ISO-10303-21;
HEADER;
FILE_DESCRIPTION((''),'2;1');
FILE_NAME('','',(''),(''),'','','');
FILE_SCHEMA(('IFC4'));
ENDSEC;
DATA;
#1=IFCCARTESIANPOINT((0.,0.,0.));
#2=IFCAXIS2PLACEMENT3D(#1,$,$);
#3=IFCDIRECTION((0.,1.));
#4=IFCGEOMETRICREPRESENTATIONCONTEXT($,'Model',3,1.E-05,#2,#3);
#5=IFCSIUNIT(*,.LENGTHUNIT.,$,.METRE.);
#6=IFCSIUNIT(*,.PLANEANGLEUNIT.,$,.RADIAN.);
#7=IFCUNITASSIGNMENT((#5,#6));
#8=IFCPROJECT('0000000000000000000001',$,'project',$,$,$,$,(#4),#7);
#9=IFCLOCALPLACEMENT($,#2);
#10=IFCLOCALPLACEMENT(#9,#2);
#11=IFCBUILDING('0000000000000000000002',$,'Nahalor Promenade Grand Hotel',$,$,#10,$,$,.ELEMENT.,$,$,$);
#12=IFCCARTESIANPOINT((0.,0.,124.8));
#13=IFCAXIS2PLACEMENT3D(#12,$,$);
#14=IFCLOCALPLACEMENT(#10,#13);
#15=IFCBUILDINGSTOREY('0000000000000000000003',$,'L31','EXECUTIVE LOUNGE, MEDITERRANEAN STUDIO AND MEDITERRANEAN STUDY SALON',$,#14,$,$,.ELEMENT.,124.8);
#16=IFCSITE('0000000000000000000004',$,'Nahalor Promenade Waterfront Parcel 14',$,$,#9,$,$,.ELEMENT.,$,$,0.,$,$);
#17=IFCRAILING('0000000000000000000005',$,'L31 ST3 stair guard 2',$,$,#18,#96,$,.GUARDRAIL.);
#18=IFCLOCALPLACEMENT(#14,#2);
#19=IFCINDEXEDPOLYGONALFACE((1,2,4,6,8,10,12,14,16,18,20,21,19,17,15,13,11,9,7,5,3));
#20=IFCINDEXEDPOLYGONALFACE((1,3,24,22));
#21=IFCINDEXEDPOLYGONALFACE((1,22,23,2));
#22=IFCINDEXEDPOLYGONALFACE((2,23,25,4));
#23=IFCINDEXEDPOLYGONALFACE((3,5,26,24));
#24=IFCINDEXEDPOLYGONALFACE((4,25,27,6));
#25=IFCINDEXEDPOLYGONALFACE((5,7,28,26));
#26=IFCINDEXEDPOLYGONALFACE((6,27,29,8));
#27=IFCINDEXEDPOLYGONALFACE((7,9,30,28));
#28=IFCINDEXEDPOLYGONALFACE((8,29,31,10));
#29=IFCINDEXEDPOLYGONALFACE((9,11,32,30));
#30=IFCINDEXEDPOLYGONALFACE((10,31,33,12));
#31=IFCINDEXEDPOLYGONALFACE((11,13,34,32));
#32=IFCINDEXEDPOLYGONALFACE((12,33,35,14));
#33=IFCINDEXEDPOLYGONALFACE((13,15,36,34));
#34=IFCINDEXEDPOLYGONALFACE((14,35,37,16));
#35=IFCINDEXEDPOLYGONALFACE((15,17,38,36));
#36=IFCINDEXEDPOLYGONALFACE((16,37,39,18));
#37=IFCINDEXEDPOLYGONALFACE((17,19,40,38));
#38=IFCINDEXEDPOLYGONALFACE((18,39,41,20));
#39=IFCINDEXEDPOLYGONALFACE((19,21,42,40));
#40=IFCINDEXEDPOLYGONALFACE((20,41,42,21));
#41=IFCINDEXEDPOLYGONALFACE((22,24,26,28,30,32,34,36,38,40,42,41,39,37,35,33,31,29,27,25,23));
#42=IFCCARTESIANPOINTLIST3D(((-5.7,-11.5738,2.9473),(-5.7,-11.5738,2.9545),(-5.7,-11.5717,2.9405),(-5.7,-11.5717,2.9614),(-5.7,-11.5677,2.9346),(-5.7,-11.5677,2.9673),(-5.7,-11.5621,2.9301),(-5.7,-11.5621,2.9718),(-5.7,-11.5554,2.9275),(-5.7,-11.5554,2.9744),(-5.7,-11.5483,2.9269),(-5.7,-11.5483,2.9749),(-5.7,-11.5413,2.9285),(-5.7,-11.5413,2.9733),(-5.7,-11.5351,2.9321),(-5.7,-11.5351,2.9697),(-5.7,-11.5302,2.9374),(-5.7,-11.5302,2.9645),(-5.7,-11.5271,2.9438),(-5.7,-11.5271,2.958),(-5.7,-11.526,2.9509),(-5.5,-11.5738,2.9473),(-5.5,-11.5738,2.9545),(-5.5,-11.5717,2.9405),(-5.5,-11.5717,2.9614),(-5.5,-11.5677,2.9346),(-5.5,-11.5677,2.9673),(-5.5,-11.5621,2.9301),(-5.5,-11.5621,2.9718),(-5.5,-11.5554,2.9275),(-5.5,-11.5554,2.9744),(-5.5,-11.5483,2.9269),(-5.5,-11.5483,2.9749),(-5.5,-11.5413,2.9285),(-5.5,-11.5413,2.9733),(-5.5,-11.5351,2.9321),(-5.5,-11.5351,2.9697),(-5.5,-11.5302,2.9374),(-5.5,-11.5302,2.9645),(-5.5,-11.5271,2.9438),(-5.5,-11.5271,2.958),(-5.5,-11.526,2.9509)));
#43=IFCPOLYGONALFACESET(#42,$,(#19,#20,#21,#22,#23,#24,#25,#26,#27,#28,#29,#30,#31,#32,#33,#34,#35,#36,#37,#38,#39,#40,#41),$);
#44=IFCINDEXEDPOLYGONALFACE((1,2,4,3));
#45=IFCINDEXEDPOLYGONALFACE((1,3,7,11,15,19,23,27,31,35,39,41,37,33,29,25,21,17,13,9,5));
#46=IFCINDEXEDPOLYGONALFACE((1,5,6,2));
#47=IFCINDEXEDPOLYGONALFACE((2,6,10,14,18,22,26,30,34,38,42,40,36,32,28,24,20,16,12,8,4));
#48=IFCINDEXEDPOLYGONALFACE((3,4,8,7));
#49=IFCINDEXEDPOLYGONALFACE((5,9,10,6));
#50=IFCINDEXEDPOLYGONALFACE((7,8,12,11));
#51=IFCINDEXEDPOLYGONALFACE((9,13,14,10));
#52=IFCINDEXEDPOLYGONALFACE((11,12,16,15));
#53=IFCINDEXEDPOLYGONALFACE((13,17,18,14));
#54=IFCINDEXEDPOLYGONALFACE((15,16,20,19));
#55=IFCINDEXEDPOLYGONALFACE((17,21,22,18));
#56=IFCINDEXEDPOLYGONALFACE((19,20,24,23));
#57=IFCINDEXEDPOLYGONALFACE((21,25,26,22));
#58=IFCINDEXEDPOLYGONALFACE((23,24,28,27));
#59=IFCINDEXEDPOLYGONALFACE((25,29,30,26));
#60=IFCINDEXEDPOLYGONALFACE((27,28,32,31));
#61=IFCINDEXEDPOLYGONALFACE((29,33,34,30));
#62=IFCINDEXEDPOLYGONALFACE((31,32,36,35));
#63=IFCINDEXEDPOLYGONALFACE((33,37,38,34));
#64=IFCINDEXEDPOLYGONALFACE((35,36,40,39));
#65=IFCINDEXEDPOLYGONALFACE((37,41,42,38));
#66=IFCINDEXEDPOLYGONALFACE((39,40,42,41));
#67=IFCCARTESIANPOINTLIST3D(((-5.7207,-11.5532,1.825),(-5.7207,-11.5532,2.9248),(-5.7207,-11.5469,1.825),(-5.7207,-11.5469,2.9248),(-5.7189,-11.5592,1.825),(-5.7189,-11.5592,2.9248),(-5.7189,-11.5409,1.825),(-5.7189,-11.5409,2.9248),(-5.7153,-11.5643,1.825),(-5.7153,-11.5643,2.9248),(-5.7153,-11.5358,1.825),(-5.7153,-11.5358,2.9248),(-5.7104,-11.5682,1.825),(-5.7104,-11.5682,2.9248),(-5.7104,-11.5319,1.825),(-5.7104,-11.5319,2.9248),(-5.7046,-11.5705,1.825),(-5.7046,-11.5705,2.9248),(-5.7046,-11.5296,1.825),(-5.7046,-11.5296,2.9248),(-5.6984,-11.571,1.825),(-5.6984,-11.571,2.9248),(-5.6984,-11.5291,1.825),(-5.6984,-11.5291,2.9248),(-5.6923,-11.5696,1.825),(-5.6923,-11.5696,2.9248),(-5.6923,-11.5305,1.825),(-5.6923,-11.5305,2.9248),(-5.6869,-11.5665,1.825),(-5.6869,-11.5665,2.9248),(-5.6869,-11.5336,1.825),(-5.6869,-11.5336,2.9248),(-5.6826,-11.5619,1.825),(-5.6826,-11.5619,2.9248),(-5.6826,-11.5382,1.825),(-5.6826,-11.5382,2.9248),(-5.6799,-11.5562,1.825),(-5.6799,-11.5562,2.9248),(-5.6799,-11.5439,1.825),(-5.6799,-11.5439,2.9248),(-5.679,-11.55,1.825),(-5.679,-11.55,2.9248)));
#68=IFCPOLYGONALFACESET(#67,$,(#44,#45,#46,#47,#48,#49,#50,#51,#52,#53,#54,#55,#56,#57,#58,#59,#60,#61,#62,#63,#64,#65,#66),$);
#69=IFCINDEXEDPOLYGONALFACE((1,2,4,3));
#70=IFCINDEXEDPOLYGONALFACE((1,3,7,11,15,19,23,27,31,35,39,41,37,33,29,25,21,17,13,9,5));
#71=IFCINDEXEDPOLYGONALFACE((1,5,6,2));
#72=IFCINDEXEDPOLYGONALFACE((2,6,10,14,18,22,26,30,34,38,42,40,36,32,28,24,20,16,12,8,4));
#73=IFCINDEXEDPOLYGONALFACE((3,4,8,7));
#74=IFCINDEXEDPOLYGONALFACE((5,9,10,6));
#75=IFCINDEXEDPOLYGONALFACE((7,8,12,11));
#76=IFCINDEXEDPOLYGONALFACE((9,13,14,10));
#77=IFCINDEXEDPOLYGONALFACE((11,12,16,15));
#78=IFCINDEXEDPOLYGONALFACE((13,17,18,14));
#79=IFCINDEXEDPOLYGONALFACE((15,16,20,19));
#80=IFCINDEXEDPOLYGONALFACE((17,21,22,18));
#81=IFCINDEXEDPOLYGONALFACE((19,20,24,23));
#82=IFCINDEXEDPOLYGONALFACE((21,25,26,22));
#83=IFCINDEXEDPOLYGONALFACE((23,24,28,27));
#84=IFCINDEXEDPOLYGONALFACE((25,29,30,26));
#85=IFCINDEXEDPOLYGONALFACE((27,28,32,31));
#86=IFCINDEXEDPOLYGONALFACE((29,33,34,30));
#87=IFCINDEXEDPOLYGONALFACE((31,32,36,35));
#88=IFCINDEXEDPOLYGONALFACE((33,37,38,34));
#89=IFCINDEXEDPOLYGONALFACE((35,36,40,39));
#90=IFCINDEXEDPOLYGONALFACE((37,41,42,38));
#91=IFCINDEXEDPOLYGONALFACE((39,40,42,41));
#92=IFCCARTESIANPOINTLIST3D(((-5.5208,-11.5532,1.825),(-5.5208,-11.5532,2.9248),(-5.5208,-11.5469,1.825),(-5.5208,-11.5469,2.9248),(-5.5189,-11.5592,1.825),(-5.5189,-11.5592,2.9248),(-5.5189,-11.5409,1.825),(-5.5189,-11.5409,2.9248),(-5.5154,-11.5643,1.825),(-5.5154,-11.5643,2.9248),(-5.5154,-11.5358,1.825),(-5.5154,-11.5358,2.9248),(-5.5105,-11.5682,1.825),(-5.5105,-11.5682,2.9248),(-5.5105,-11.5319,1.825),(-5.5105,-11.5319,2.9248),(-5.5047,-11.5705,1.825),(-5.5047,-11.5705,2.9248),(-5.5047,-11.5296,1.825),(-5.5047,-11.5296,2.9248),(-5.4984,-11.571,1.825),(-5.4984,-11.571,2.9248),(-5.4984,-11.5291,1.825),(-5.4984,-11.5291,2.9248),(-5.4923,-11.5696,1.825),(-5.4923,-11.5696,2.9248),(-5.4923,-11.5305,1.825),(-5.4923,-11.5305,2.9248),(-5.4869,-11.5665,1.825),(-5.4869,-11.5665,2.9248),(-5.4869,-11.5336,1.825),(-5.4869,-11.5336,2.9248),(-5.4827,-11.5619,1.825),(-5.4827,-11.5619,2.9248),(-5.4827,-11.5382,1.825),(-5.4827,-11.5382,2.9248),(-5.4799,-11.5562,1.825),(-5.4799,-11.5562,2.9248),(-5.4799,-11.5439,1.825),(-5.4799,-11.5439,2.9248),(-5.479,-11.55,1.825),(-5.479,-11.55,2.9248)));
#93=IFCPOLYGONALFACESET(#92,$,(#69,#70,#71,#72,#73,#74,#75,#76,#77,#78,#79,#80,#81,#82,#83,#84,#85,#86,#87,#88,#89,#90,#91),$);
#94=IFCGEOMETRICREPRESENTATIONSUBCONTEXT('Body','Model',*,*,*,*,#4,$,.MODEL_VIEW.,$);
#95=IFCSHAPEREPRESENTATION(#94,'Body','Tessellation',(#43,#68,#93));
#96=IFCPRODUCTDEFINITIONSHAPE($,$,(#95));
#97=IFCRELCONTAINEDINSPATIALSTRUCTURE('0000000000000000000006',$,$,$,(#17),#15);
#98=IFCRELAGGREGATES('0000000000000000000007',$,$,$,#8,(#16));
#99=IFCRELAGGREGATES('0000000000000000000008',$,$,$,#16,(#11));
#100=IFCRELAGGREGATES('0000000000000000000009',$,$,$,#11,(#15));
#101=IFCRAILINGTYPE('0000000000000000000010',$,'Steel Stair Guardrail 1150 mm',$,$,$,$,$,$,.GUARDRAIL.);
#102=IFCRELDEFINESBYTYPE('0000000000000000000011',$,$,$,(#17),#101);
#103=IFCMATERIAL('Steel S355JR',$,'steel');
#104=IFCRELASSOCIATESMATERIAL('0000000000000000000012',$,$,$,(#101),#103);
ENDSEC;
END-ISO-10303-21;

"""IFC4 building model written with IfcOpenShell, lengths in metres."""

from ifc_helpers import new_model, si_unit, direction, frame, origin, origin_2d, place, context, subcontext, project, spatial, circle, extrude, material, type_object, element, save


model = new_model("IFC4")

# Units and contexts
model_context = context("Model", 3, precision=1e-05, world=origin(), true_north=direction((0.0, 1.0)))
body_context = subcontext(model_context, "Body", "Model", "MODEL_VIEW")
ifc_project = project(units=[si_unit("LENGTHUNIT", "METRE"), si_unit("PLANEANGLEUNIT", "RADIAN")], contexts=[model_context])

# Site, building, storey
site_placement = place(None, origin())
site = spatial("IfcSite", under=ifc_project, at=site_placement, Name="Nahalor Promenade Waterfront Parcel 14", CompositionType="ELEMENT", RefElevation=0.0)
building_placement = place(site_placement, origin())
building = spatial("IfcBuilding", under=site, at=building_placement, Name="Nahalor Promenade Grand Hotel", CompositionType="ELEMENT")
storey_placement = place(building_placement, frame((0.0, 0.0, 124.8)))
storey = spatial("IfcBuildingStorey", under=building, at=storey_placement, Name="L31", Description="EXECUTIVE LOUNGE, MEDITERRANEAN STUDIO AND MEDITERRANEAN STUDY SALON", CompositionType="ELEMENT", Elevation=124.8)

# Shared definitions
ifc_material_1 = material(Name="Steel S355JR", Category="steel")

# Railing
railing_type_1 = type_object("IfcRailingType", Name="Steel Stair Guardrail 1150 mm", PredefinedType="GUARDRAIL", material=ifc_material_1)
railing_1_placement = place(storey_placement, frame((-5.7, -11.55, 1.825)))
element("IfcRailing", 1, at=railing_1_placement, inside=storey, type_object=railing_type_1, Name="L31 ST3 stair guard 2", PredefinedType="GUARDRAIL", context=body_context, shape_type="SweptSolid", body=[
    extrude(circle(Radius=0.024, at=origin_2d()), frame((0.0, 0.0, 1.126), z_axis=(1.0, 0.0, 0.0), x_axis=(0.0, 1.0, 0.0)), (0.0, 0.0, 1.0), 0.2),
    extrude(circle(Radius=0.021, at=origin_2d()), origin(), (0.0, 0.0, 1.0), 1.0999),
    extrude(circle(Radius=0.021, at=origin_2d()), frame((0.2, 0.0, 0.0)), (0.0, 0.0, 1.0), 1.0999),
])

save(model, "model.ifc")
